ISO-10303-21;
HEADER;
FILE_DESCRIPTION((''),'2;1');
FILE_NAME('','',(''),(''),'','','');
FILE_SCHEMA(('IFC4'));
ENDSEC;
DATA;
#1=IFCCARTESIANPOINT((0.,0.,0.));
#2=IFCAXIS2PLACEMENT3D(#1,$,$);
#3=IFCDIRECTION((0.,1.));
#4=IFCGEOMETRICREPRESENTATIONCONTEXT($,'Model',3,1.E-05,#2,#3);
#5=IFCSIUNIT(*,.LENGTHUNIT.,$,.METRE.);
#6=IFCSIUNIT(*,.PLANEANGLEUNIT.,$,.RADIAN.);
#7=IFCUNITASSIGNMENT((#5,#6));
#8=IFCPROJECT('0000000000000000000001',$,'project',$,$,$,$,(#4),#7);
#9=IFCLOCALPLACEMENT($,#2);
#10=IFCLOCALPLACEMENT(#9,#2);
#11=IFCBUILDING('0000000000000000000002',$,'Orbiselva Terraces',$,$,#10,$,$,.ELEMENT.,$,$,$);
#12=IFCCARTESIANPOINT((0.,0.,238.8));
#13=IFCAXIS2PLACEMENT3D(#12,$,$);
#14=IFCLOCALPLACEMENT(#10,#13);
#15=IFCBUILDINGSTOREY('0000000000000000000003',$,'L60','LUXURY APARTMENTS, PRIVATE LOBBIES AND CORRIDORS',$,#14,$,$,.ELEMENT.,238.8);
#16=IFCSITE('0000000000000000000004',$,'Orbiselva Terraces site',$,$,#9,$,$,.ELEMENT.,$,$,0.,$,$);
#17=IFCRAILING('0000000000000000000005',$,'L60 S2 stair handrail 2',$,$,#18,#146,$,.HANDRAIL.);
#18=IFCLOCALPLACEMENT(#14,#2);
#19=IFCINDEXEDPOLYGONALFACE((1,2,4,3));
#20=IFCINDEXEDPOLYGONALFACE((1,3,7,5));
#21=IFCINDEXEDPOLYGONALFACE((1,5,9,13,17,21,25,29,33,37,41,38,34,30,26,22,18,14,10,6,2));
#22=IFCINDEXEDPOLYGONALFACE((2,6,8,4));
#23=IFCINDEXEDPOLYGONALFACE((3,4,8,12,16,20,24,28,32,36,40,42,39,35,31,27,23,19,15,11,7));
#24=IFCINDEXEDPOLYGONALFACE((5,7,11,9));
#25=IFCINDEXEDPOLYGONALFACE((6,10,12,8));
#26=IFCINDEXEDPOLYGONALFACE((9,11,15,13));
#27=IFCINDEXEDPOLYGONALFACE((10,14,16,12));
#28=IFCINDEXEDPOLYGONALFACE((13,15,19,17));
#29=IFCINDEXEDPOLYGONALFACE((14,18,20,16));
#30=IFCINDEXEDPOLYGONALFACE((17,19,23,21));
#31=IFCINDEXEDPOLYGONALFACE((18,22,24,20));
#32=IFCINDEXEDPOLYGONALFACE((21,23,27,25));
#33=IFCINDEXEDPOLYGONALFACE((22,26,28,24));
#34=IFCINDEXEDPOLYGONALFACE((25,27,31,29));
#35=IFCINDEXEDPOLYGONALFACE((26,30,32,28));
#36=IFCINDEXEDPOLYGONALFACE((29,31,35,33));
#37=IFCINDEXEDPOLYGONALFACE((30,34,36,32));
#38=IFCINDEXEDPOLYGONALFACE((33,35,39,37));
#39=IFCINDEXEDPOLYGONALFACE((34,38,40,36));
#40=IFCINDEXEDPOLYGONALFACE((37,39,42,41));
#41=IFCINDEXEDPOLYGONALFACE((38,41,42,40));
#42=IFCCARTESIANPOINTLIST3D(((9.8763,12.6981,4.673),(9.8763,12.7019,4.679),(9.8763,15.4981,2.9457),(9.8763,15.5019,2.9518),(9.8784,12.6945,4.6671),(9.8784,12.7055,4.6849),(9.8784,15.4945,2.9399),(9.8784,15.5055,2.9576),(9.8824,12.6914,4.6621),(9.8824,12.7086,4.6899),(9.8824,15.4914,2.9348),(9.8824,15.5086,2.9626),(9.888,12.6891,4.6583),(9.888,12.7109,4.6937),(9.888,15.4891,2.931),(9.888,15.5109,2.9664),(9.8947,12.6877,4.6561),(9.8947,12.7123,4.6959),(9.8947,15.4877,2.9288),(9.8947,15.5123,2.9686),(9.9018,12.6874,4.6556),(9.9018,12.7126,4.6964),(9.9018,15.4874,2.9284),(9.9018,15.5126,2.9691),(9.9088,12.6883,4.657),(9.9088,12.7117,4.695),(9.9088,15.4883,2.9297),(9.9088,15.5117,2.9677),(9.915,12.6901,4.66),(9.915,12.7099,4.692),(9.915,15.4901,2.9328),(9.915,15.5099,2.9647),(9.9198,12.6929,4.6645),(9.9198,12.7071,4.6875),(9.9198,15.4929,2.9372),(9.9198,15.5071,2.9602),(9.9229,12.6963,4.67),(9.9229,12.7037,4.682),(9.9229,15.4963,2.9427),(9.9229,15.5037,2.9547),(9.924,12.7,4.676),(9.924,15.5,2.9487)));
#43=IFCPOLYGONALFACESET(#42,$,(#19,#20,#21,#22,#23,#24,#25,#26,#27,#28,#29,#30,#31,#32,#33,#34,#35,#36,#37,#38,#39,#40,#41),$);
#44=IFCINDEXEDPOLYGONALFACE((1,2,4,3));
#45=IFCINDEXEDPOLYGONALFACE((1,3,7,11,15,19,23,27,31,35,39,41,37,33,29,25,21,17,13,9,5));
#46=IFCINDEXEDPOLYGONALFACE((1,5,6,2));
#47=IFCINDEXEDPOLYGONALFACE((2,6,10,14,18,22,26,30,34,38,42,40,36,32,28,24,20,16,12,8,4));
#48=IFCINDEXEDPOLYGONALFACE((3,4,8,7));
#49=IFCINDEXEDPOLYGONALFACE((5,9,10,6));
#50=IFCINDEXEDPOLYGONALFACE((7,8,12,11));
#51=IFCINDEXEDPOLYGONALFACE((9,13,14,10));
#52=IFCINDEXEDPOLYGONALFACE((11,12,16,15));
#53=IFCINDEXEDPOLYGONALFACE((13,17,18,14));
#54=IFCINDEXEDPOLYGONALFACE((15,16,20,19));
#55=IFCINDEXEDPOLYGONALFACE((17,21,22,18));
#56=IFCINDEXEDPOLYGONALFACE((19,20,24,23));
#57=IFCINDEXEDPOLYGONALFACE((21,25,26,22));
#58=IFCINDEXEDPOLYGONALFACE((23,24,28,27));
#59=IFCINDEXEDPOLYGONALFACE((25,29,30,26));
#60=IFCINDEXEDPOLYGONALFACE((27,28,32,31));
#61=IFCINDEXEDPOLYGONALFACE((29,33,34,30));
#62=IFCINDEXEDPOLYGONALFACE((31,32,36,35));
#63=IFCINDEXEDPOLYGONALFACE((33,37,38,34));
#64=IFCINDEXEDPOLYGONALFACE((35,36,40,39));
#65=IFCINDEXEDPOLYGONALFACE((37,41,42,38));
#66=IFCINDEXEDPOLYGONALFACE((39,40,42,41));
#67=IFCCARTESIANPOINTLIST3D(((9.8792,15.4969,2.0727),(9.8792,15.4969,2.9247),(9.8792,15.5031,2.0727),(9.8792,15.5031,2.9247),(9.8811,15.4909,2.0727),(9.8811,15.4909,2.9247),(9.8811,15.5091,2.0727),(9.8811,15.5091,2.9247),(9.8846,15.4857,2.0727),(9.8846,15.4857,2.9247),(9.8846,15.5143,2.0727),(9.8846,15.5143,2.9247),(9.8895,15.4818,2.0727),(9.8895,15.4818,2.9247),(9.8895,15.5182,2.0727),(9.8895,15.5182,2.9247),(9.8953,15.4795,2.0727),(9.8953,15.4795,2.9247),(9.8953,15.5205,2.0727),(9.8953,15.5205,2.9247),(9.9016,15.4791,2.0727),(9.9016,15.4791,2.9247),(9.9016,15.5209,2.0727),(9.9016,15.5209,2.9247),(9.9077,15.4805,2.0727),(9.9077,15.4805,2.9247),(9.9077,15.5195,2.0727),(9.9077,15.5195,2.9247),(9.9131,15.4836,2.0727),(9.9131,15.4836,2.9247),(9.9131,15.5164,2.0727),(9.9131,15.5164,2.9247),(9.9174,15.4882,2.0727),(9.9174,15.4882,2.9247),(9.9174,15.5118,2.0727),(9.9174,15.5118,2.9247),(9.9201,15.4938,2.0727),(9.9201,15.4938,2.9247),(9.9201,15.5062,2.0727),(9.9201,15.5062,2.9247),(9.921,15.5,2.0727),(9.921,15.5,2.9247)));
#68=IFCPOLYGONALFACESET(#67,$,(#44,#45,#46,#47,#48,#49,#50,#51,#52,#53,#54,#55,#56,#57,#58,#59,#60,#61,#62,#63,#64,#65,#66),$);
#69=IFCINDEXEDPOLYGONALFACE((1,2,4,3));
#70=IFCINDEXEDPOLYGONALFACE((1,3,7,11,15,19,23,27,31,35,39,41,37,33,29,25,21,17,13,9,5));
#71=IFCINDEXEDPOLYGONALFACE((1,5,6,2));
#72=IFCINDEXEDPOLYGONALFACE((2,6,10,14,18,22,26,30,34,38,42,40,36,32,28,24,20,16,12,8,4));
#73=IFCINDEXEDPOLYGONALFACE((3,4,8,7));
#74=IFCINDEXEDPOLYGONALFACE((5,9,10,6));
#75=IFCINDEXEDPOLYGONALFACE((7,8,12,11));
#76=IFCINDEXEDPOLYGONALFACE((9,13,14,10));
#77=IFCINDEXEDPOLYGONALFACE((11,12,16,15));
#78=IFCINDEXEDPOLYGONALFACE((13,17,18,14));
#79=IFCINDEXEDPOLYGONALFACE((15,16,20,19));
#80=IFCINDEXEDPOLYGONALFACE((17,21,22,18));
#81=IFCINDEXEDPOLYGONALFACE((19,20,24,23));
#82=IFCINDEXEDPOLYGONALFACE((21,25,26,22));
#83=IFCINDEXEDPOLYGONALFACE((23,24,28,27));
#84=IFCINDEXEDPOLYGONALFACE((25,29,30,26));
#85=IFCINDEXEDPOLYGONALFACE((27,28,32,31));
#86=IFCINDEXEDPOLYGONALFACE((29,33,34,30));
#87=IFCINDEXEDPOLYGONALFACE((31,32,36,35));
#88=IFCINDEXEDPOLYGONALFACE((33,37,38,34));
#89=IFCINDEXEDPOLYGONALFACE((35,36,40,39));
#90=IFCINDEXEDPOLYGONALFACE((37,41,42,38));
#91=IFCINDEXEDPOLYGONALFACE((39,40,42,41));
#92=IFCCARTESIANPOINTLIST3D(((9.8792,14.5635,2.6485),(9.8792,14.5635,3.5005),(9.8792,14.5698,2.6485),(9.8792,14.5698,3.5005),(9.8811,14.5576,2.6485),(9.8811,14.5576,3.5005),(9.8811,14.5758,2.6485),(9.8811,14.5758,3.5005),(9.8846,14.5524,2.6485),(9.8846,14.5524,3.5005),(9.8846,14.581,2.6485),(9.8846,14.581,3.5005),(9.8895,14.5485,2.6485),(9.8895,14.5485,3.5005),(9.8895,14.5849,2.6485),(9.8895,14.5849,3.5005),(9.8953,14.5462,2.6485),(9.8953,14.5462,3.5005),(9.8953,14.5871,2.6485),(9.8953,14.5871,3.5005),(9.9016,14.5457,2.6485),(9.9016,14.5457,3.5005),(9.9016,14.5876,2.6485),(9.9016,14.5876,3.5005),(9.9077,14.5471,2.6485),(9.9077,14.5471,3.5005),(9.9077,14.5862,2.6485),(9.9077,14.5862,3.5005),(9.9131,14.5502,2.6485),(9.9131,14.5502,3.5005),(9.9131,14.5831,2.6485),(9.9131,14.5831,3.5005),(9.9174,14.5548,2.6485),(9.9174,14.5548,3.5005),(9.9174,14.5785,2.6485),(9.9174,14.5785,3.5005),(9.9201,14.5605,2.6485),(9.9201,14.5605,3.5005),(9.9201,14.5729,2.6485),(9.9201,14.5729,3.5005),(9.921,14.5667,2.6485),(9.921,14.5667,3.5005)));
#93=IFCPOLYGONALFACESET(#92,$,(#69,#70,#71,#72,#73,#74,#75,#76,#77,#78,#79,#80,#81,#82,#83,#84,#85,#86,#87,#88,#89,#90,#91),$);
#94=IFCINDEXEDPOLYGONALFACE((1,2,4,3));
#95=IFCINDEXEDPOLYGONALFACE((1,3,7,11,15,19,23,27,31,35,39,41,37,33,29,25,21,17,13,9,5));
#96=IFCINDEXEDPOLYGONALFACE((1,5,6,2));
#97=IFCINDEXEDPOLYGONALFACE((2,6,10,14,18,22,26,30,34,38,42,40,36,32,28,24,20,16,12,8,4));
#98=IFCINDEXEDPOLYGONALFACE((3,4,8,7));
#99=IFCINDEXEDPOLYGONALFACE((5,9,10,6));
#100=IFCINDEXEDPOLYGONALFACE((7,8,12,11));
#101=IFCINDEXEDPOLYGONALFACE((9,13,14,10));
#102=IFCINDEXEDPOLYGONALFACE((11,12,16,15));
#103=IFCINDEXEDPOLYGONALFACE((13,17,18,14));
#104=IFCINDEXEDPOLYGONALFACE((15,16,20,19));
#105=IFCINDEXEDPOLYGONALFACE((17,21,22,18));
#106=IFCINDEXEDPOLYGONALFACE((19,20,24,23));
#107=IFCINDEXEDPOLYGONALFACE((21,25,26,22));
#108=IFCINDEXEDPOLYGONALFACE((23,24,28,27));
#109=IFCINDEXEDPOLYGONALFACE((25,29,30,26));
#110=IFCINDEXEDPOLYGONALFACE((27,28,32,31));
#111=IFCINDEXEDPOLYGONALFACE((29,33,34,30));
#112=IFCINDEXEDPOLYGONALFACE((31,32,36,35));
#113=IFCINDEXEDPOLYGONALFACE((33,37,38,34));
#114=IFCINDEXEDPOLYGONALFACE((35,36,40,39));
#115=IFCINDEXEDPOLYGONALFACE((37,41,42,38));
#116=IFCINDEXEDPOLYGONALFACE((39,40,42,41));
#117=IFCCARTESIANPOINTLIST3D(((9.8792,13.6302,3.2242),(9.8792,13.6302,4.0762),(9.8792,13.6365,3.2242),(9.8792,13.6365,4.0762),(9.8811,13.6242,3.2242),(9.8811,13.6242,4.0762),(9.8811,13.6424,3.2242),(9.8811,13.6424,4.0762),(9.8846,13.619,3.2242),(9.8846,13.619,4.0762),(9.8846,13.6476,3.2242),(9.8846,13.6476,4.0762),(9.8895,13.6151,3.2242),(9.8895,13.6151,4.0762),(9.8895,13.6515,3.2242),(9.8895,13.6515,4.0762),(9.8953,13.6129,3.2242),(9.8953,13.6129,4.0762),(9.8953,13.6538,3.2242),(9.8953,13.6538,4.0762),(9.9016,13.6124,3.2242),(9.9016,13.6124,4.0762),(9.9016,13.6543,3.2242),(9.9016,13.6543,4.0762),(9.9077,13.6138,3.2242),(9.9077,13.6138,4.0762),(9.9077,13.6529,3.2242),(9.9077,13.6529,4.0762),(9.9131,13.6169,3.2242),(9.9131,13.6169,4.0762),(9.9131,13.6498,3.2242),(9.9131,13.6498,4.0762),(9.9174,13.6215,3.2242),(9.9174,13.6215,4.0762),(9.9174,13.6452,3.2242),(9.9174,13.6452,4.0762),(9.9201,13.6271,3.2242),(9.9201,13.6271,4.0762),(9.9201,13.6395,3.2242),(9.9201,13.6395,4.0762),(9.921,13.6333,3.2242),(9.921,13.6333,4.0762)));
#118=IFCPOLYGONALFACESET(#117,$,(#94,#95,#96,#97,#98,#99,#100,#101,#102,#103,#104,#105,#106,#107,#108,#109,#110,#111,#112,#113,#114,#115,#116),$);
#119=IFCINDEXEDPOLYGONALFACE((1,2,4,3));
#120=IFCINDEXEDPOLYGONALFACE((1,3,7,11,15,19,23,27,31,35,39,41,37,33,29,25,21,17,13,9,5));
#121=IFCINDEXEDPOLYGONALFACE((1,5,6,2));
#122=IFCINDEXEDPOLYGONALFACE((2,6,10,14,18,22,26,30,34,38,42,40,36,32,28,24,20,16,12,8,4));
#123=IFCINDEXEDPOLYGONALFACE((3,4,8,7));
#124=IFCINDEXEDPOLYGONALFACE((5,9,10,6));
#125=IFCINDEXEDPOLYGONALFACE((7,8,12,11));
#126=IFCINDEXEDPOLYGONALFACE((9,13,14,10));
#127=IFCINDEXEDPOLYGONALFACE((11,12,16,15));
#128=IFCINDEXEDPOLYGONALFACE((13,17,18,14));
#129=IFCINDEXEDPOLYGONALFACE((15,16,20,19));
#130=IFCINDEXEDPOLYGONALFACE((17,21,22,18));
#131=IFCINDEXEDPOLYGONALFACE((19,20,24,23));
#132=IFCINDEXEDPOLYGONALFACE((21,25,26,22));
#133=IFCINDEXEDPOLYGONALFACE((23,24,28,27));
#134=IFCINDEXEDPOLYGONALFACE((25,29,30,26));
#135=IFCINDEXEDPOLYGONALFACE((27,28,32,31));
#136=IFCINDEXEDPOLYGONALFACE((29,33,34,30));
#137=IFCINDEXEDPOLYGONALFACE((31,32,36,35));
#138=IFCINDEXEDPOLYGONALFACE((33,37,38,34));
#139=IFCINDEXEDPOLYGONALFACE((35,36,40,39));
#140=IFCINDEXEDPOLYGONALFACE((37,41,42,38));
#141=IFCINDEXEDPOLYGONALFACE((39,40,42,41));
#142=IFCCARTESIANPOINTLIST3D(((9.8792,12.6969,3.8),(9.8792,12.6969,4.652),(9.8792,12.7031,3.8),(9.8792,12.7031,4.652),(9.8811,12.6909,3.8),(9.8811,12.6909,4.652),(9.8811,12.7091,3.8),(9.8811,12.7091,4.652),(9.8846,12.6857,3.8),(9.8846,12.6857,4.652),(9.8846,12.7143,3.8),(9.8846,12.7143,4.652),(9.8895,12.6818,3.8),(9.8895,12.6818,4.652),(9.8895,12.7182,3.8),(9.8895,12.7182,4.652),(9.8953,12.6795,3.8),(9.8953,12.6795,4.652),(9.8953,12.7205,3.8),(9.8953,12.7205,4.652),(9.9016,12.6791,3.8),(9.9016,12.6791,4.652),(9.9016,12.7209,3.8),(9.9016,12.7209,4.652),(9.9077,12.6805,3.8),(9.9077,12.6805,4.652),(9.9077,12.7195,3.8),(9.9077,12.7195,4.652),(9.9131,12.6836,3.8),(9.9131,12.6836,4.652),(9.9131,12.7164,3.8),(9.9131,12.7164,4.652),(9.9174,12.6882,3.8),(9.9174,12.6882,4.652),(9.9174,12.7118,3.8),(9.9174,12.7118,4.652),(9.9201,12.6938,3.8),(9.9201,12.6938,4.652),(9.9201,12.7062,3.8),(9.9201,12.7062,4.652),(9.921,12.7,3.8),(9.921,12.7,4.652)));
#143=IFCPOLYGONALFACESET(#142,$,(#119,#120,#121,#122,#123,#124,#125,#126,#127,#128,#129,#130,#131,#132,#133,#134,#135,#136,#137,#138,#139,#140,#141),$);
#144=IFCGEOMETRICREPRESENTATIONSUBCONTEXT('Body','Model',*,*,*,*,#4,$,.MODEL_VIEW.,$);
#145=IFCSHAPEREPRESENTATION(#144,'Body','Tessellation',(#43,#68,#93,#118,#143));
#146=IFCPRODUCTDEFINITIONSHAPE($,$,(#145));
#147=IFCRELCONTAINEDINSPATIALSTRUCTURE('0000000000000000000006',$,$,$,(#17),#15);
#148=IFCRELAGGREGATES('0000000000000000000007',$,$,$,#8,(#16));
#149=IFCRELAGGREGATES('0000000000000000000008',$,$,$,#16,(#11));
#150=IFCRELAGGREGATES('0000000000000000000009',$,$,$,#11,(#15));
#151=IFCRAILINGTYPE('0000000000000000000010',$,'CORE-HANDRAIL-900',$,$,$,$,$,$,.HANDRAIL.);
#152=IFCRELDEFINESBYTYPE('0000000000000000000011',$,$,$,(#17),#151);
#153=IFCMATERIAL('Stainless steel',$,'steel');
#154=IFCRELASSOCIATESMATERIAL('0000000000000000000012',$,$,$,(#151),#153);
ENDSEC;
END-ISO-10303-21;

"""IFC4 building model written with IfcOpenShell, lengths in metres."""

from ifc_helpers import new_model, si_unit, direction, frame, origin, origin_2d, place, context, subcontext, project, spatial, circle, extrude, material, type_object, element, save


model = new_model("IFC4")

# Units and contexts
model_context = context("Model", 3, precision=1e-05, world=origin(), true_north=direction((0.0, 1.0)))
body_context = subcontext(model_context, "Body", "Model", "MODEL_VIEW")
ifc_project = project(units=[si_unit("LENGTHUNIT", "METRE"), si_unit("PLANEANGLEUNIT", "RADIAN")], contexts=[model_context])

# Site, building, storey
site_placement = place(None, origin())
site = spatial("IfcSite", under=ifc_project, at=site_placement, Name="Orbiselva Terraces site", CompositionType="ELEMENT", RefElevation=0.0)
building_placement = place(site_placement, origin())
building = spatial("IfcBuilding", under=site, at=building_placement, Name="Orbiselva Terraces", CompositionType="ELEMENT")
storey_placement = place(building_placement, frame((0.0, 0.0, 238.8)))
storey = spatial("IfcBuildingStorey", under=building, at=storey_placement, Name="L60", Description="LUXURY APARTMENTS, PRIVATE LOBBIES AND CORRIDORS", CompositionType="ELEMENT", Elevation=238.8)

# Railing
ifc_material_1 = material(Name="Stainless steel", Category="steel")
railing_type = type_object("IfcRailingType", Name="CORE-HANDRAIL-900", PredefinedType="HANDRAIL", material=ifc_material_1)
railing_1_placement = place(storey_placement, frame((9.9, 15.5, 2.0727)))
element("IfcRailing", 1, at=railing_1_placement, inside=storey, type_object=railing_type, Name="L60 S2 stair handrail 2", PredefinedType="HANDRAIL", context=body_context, shape_type="SweptSolid", body=[
    extrude(circle(Radius=0.024, at=origin_2d()), frame((0.0, 0.0, 0.876), z_axis=(0.0, -0.851089, 0.525022), x_axis=(1.0, 0.0, 0.0)), (0.0, 0.0, 1.0), 3.2899),
    extrude(circle(Radius=0.021, at=origin_2d()), origin(), (0.0, 0.0, 1.0), 0.852),
    extrude(circle(Radius=0.021, at=origin_2d()), frame((0.0, -0.9333, 0.5758)), (0.0, 0.0, 1.0), 0.852),
    extrude(circle(Radius=0.021, at=origin_2d()), frame((0.0, -1.8667, 1.1515)), (0.0, 0.0, 1.0), 0.852),
    extrude(circle(Radius=0.021, at=origin_2d()), frame((0.0, -2.8, 1.7273)), (0.0, 0.0, 1.0), 0.852),
])

save(model, "model.ifc")
